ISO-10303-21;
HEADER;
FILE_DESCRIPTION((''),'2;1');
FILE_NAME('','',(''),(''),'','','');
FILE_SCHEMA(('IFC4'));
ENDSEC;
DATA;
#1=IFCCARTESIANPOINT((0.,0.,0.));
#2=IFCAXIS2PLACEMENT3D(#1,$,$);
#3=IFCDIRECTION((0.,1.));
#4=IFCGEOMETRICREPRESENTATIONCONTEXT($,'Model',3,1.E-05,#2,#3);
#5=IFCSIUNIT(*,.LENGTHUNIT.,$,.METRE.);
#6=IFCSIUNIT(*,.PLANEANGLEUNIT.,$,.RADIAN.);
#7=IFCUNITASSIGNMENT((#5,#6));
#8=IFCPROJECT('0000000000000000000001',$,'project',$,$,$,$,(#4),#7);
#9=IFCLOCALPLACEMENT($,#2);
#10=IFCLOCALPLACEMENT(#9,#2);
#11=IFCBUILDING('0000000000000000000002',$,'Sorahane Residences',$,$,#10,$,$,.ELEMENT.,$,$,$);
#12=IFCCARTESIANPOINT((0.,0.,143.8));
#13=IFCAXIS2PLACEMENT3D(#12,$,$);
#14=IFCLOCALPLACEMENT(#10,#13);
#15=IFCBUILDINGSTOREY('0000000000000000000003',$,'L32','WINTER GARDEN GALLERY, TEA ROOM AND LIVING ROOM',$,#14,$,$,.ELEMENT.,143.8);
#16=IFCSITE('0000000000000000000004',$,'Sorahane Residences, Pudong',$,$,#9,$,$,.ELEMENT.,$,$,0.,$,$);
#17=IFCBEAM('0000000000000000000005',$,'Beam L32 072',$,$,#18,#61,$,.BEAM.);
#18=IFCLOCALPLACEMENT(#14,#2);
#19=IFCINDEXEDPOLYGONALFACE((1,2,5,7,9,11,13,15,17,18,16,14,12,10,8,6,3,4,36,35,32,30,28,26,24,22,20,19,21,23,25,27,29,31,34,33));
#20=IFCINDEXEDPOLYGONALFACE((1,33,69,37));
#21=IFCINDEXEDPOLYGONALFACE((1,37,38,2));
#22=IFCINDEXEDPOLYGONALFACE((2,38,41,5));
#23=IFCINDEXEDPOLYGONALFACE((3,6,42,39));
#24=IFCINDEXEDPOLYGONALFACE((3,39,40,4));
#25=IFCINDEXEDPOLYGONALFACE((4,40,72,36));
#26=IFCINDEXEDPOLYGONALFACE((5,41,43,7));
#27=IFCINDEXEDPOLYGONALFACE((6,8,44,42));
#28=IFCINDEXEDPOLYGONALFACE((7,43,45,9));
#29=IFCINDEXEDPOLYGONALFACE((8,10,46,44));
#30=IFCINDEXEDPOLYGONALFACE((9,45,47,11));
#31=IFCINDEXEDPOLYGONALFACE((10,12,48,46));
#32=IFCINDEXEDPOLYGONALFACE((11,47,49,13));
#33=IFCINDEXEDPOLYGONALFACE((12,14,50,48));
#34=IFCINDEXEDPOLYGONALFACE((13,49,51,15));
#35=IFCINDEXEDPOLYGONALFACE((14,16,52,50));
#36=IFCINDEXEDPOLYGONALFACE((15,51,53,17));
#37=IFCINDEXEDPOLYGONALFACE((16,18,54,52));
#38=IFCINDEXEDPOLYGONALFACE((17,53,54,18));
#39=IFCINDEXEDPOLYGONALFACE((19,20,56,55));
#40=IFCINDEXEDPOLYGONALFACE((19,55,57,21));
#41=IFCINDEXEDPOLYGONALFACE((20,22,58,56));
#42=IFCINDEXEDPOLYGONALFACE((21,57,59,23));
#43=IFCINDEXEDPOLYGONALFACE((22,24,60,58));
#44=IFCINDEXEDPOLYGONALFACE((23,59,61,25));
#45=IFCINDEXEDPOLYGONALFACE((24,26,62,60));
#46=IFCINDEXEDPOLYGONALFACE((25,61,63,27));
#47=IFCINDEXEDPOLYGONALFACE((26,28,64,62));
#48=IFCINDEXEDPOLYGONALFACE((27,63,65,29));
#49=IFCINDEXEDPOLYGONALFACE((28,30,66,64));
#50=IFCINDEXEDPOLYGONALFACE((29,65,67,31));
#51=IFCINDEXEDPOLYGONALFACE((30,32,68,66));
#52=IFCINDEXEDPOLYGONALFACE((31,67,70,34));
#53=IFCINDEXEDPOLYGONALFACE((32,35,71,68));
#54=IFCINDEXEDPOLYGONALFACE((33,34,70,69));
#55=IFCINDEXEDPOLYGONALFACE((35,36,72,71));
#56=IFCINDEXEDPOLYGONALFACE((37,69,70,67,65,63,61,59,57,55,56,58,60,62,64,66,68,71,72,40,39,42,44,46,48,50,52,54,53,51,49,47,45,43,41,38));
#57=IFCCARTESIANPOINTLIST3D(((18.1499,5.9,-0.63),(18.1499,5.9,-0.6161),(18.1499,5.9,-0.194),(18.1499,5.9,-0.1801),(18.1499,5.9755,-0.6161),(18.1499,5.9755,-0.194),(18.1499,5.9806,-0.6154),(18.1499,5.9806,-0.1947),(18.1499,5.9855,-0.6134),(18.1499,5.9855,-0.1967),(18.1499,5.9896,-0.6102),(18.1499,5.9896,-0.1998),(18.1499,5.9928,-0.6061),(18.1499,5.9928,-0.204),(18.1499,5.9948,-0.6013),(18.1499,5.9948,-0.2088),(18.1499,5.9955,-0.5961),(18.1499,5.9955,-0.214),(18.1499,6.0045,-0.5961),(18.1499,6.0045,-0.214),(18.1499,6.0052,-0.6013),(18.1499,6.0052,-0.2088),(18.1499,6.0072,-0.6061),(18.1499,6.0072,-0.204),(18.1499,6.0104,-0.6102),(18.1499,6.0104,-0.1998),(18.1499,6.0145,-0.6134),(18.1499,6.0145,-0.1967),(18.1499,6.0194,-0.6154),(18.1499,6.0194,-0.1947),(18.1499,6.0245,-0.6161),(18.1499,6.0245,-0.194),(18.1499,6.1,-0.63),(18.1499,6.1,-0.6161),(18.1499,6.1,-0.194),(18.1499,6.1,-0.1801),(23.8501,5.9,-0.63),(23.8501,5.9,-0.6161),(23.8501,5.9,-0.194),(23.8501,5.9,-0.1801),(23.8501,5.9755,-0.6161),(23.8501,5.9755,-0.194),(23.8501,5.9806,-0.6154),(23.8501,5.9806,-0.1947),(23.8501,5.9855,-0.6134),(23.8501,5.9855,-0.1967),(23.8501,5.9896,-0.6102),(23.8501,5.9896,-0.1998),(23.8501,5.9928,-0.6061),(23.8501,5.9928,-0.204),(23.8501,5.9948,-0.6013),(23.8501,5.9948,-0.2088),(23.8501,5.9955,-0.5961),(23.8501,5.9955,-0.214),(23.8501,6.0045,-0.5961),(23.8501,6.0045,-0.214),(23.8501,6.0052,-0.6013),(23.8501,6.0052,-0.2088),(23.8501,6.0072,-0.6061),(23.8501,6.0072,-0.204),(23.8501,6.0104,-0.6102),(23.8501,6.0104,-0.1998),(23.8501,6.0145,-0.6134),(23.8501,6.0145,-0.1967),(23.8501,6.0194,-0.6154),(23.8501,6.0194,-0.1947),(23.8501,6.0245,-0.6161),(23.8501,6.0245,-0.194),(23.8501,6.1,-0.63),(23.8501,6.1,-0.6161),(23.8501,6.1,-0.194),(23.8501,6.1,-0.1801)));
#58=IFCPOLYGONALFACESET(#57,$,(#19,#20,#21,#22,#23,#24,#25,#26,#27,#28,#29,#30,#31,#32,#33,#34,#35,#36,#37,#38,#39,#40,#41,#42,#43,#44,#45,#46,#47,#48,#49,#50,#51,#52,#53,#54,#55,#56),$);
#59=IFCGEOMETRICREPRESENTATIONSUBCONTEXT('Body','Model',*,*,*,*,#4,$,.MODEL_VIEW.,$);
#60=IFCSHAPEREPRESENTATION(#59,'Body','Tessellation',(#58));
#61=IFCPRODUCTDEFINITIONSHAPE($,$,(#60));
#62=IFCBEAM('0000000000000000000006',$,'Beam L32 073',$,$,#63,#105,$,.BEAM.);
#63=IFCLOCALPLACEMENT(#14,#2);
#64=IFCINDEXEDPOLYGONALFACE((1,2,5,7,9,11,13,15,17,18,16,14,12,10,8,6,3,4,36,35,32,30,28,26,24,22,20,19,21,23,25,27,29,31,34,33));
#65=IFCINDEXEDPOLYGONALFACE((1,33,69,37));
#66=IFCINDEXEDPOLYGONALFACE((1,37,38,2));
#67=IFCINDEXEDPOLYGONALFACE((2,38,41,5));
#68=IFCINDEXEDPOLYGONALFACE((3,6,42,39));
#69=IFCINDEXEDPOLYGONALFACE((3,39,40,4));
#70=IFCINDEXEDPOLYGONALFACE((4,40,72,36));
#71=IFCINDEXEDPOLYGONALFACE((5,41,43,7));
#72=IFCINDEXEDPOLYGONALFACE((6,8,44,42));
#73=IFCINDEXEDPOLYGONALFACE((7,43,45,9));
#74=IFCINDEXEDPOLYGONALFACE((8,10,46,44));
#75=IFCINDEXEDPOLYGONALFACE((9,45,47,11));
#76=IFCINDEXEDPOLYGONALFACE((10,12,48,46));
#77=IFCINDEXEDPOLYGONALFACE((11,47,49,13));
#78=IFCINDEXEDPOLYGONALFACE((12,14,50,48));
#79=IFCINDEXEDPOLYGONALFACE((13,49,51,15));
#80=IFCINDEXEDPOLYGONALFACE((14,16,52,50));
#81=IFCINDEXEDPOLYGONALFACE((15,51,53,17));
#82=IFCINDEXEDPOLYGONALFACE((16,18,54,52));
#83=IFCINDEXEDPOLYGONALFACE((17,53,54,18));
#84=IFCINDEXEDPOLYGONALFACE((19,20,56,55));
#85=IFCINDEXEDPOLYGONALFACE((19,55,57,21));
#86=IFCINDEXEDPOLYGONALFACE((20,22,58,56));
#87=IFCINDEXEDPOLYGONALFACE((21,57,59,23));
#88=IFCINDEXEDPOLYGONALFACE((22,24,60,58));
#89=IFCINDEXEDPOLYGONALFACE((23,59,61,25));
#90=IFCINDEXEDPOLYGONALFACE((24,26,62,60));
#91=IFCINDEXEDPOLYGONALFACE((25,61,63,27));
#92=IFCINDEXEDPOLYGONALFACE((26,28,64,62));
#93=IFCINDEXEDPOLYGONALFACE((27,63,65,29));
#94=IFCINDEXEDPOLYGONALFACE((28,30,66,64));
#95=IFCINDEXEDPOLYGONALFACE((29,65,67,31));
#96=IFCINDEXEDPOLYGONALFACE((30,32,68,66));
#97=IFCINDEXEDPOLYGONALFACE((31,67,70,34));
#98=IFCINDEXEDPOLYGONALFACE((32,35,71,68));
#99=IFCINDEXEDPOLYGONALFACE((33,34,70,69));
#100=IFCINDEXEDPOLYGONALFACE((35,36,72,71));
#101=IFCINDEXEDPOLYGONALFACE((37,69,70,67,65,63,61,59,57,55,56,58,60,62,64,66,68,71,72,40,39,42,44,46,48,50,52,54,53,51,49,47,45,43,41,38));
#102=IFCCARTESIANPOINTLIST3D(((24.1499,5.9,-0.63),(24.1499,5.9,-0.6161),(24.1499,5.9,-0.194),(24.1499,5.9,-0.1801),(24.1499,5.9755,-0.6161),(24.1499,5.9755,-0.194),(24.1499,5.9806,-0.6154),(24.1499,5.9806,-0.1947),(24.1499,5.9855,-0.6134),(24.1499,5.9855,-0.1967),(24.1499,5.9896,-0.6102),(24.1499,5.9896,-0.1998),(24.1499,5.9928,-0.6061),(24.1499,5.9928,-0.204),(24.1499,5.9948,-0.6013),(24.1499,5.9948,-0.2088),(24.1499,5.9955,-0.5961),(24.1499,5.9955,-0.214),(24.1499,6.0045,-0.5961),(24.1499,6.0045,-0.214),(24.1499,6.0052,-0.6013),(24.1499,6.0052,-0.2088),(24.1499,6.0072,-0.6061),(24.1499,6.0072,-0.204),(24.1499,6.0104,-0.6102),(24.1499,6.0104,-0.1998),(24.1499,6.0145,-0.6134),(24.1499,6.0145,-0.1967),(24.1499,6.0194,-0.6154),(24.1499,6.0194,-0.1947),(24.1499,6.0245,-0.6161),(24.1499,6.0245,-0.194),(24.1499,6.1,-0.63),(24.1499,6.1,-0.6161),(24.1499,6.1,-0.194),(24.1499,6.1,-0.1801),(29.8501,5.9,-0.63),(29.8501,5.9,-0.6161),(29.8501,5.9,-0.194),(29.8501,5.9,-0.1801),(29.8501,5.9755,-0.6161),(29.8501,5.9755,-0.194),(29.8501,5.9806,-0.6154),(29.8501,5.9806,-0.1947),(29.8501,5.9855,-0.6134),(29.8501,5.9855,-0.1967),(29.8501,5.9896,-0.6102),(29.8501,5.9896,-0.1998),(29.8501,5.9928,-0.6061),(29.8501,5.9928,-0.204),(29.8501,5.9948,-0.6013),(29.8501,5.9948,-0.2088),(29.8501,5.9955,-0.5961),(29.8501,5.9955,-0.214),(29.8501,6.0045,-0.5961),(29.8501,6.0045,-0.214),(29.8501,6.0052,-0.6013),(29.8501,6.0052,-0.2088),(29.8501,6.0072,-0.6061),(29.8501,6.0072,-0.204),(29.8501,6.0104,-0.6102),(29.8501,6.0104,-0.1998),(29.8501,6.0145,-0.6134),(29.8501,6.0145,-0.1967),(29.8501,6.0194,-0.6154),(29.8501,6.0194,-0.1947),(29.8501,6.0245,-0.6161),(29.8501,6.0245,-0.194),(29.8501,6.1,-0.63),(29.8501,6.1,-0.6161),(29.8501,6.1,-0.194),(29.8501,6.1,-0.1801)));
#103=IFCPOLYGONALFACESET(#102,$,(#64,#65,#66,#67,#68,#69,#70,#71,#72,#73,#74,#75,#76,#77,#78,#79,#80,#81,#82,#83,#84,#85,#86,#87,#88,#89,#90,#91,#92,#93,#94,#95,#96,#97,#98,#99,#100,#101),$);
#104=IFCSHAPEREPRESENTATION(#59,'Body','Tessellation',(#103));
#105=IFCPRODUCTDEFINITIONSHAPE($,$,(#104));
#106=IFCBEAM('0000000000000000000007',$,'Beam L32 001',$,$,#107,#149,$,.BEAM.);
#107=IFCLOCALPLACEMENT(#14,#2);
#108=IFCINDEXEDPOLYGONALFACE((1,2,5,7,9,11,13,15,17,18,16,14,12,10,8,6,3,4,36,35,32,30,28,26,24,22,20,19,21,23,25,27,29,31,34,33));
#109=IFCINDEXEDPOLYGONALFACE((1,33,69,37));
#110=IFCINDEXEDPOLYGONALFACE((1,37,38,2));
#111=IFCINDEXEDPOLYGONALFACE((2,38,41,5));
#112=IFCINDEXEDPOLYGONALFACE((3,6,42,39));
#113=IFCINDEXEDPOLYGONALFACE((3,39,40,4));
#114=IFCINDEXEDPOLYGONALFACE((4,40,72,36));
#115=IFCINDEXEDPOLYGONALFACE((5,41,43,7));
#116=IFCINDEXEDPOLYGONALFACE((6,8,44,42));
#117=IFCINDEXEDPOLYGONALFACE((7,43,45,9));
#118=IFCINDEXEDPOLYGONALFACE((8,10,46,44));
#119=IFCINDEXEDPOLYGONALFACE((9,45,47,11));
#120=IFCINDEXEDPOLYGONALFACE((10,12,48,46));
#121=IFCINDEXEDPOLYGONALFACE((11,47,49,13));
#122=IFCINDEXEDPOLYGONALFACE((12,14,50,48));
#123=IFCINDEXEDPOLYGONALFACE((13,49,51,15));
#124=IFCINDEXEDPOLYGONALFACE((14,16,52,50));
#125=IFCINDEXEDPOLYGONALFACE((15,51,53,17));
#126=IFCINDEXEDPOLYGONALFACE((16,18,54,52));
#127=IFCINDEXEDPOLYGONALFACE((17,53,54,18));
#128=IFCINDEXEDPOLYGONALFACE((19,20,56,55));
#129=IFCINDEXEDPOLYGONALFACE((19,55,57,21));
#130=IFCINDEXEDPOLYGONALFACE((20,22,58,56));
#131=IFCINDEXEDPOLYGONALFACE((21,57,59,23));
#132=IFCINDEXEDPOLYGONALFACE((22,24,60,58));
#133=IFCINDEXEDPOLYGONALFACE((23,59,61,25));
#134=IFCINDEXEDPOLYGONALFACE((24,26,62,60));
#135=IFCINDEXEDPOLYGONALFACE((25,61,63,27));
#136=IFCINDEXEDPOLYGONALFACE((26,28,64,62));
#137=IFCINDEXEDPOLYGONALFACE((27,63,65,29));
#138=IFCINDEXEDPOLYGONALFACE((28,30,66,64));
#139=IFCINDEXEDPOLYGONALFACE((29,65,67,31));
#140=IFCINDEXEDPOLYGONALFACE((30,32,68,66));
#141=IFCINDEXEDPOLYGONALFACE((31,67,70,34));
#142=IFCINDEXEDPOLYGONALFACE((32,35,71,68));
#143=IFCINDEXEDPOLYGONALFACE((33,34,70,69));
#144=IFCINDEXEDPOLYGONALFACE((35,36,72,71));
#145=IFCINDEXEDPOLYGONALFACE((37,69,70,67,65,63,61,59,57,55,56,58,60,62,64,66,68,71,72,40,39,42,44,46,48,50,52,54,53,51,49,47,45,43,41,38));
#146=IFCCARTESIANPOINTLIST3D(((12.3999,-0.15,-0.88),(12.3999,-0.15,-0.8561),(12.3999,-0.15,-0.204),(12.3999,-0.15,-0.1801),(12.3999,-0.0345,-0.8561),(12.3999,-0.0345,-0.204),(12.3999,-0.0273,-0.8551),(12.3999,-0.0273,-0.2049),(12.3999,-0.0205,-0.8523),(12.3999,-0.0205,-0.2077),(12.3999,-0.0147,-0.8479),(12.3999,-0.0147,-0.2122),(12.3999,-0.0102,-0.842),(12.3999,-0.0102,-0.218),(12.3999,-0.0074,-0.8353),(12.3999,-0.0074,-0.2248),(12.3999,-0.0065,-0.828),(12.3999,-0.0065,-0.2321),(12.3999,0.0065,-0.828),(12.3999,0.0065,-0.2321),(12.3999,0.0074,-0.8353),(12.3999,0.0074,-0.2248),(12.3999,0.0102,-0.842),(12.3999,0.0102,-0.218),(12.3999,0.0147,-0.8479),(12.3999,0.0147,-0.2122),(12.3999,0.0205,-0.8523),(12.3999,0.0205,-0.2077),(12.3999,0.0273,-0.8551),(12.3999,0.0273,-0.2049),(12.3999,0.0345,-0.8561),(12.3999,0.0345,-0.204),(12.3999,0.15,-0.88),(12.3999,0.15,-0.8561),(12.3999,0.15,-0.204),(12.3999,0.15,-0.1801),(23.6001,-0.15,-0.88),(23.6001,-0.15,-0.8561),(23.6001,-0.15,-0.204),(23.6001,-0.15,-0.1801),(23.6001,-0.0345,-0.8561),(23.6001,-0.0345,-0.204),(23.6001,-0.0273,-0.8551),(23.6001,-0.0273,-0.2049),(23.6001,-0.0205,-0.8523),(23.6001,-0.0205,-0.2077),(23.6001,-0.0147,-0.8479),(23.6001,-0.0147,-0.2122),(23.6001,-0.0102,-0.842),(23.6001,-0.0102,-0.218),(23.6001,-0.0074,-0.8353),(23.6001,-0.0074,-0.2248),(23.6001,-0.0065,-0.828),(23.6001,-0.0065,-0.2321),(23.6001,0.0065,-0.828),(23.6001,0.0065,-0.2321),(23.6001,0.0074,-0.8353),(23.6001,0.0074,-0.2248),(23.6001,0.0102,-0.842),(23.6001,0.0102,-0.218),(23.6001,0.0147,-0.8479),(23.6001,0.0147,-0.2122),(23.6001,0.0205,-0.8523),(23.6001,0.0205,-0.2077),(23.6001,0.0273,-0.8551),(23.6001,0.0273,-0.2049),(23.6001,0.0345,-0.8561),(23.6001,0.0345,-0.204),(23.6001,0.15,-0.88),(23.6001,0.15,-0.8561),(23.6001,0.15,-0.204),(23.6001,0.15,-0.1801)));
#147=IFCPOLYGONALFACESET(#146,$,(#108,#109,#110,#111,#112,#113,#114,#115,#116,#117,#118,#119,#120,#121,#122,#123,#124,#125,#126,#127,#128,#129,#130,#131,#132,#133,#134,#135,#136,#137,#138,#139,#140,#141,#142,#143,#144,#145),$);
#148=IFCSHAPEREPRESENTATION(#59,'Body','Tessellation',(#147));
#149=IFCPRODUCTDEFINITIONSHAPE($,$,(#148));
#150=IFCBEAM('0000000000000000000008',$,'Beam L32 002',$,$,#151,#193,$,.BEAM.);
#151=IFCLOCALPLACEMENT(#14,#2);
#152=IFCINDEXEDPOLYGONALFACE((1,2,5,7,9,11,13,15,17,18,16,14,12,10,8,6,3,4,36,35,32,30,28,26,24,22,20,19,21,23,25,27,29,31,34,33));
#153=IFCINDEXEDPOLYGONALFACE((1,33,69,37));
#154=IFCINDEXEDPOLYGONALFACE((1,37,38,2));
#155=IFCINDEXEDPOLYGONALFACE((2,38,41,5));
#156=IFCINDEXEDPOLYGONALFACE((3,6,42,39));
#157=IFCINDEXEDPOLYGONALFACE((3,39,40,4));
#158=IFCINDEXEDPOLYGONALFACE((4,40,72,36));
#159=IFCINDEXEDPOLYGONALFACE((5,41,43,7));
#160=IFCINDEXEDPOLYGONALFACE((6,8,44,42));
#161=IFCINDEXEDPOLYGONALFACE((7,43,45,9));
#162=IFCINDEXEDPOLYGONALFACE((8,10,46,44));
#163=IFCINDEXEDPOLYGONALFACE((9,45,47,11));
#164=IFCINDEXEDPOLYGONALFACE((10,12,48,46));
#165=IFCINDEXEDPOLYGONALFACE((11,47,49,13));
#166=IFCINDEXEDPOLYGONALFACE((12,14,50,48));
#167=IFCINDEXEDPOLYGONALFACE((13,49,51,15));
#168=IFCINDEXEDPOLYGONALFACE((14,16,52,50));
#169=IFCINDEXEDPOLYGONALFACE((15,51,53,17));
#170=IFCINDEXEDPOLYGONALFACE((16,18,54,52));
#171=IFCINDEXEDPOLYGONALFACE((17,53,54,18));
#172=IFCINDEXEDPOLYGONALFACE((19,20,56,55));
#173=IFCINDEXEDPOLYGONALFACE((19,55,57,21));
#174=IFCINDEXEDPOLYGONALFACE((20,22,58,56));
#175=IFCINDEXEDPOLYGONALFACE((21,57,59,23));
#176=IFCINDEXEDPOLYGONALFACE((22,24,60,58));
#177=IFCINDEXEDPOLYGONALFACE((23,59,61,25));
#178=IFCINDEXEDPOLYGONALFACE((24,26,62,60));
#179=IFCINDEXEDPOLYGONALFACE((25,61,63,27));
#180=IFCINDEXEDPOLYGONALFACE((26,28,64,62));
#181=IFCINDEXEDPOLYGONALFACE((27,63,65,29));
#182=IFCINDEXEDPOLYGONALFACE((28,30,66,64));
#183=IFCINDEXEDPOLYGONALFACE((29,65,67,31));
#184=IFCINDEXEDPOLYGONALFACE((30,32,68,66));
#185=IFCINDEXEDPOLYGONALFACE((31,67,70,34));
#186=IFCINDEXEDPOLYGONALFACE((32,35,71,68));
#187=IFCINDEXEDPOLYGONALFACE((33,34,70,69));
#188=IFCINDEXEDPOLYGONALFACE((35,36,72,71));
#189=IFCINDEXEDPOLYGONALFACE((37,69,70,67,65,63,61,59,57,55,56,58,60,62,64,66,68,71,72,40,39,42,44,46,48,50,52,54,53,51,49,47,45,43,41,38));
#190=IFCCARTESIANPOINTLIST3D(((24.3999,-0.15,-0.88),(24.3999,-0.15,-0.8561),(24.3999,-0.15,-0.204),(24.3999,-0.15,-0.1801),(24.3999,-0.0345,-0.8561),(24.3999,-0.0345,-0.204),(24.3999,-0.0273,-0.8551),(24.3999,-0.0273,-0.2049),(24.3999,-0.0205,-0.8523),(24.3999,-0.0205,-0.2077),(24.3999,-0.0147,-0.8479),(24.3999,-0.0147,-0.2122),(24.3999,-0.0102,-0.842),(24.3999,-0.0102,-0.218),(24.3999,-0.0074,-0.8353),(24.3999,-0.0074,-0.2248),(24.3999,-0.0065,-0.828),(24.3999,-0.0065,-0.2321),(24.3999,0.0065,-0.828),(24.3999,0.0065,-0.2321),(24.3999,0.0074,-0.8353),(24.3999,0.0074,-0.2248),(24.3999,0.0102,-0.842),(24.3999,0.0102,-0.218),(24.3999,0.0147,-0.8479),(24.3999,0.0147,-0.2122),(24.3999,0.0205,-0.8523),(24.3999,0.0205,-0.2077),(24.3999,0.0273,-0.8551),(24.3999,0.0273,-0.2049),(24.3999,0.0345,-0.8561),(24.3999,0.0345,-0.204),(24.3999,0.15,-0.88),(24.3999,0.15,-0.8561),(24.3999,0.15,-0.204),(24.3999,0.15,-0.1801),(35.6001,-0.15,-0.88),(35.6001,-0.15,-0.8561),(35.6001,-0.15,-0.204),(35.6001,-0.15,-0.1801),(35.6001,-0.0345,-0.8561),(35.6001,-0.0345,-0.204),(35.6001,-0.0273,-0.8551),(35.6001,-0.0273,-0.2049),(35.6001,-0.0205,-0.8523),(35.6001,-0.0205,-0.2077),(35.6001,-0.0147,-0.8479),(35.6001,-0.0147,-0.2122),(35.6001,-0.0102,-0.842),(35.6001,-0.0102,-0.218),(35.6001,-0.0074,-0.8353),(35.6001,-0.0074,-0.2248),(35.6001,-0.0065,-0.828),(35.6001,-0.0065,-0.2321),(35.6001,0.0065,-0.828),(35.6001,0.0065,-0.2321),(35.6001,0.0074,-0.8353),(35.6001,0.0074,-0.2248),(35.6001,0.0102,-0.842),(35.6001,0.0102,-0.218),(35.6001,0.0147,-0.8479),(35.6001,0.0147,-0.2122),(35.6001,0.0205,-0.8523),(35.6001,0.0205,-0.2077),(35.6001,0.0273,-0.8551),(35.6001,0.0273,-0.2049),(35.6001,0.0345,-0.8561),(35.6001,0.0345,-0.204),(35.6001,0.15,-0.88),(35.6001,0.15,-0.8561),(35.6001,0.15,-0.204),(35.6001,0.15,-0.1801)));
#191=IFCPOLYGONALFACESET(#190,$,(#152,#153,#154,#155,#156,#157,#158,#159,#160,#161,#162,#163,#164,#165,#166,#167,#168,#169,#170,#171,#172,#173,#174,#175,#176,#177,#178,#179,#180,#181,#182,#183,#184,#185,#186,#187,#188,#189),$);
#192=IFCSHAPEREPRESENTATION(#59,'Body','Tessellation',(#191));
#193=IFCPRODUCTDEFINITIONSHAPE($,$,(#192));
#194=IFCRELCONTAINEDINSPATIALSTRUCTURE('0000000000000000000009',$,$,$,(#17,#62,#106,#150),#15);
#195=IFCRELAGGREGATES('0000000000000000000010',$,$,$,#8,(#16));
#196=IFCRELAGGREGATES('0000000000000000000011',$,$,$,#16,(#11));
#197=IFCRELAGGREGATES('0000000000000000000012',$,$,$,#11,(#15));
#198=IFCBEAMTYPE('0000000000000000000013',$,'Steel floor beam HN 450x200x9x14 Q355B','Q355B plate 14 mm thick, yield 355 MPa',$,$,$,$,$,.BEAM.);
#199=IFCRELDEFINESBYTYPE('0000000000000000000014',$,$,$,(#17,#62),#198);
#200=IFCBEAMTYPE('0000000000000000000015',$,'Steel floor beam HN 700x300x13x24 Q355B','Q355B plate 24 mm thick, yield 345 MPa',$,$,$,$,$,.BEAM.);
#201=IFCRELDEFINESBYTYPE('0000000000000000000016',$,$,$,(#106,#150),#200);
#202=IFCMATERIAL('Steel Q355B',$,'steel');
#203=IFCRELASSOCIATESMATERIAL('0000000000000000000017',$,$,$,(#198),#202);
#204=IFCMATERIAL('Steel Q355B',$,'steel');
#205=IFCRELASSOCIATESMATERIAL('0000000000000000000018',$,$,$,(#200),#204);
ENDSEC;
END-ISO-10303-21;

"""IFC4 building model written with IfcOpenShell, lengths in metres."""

from ifc_helpers import new_model, si_unit, direction, frame, origin, origin_2d, place, context, subcontext, project, spatial, i_section, extrude, material, material_profile, profile_set, type_object, element, save


model = new_model("IFC4")

# Units and contexts
model_context = context("Model", 3, precision=1e-05, world=origin(), true_north=direction((0.0, 1.0)))
body_context = subcontext(model_context, "Body", "Model", "MODEL_VIEW")
ifc_project = project(units=[si_unit("LENGTHUNIT", "METRE"), si_unit("PLANEANGLEUNIT", "RADIAN")], contexts=[model_context])

# Site, building, storey
site_placement = place(None, origin())
site = spatial("IfcSite", under=ifc_project, at=site_placement, Name="Sorahane Residences, Pudong", CompositionType="ELEMENT", RefElevation=0.0)
building_placement = place(site_placement, origin())
building = spatial("IfcBuilding", under=site, at=building_placement, Name="Sorahane Residences", CompositionType="ELEMENT")
storey_placement = place(building_placement, frame((0.0, 0.0, 143.8)))
storey = spatial("IfcBuildingStorey", under=building, at=storey_placement, Name="L32", Description="WINTER GARDEN GALLERY, TEA ROOM AND LIVING ROOM", CompositionType="ELEMENT", Elevation=143.8)

# Beams
ifc_material_1 = material(Name="Steel Q355B", Category="steel")
ifc_material_profile_1 = material_profile(ifc_material_1, i_section(OverallWidth=0.2, OverallDepth=0.45, WebThickness=0.009, FlangeThickness=0.0139, FilletRadius=0.02, at=origin_2d()), Name="HN 450x200x9x14")
ifc_profile_set_1 = profile_set([ifc_material_profile_1], Name="Steel Q355B")
beam_type_1 = type_object("IfcBeamType", Name="Steel floor beam HN 450x200x9x14 Q355B", Description="Q355B plate 14 mm thick, yield 355 MPa", PredefinedType="BEAM", material=ifc_profile_set_1)
for number, where, z_axis, x_axis, name in (
    (1, (18.1499, 6.0, -0.405), (1.0, 0.0, 0.0), (0.0, 1.0, 0.0), "Beam L32 072"),
    (2, (24.1499, 6.0, -0.405), (1.0, 0.0, 0.0), (0.0, 1.0, 0.0), "Beam L32 073"),
):
    element("IfcBeam", number, at=place(storey_placement, frame(where, z_axis=z_axis, x_axis=x_axis)), inside=storey, type_object=beam_type_1, Name=name, PredefinedType="BEAM", context=body_context, shape_type="SweptSolid", body=[
        extrude(i_section(OverallWidth=0.2, OverallDepth=0.45, WebThickness=0.009, FlangeThickness=0.0139, FilletRadius=0.02, at=origin_2d()), origin(), (0.0, 0.0, 1.0), 5.7002),
    ])
ifc_material_2 = material(Name="Steel Q355B", Category="steel")
ifc_material_profile_2 = material_profile(ifc_material_2, i_section(OverallWidth=0.3, OverallDepth=0.7, WebThickness=0.0129, FlangeThickness=0.0239, FilletRadius=0.0281, at=origin_2d()), Name="HN 700x300x13x24")
ifc_profile_set_2 = profile_set([ifc_material_profile_2], Name="Steel Q355B")
beam_type_2 = type_object("IfcBeamType", Name="Steel floor beam HN 700x300x13x24 Q355B", Description="Q355B plate 24 mm thick, yield 345 MPa", PredefinedType="BEAM", material=ifc_profile_set_2)
for number, where, z_axis, x_axis, name in (
    (3, (12.3999, 0.0, -0.53), (1.0, 0.0, 0.0), (0.0, 1.0, 0.0), "Beam L32 001"),
    (4, (24.3999, 0.0, -0.53), (1.0, 0.0, 0.0), (0.0, 1.0, 0.0), "Beam L32 002"),
):
    element("IfcBeam", number, at=place(storey_placement, frame(where, z_axis=z_axis, x_axis=x_axis)), inside=storey, type_object=beam_type_2, Name=name, PredefinedType="BEAM", context=body_context, shape_type="SweptSolid", body=[
        extrude(i_section(OverallWidth=0.3, OverallDepth=0.7, WebThickness=0.0129, FlangeThickness=0.0239, FilletRadius=0.0281, at=origin_2d()), origin(), (0.0, 0.0, 1.0), 11.2002),
    ])

save(model, "model.ifc")
